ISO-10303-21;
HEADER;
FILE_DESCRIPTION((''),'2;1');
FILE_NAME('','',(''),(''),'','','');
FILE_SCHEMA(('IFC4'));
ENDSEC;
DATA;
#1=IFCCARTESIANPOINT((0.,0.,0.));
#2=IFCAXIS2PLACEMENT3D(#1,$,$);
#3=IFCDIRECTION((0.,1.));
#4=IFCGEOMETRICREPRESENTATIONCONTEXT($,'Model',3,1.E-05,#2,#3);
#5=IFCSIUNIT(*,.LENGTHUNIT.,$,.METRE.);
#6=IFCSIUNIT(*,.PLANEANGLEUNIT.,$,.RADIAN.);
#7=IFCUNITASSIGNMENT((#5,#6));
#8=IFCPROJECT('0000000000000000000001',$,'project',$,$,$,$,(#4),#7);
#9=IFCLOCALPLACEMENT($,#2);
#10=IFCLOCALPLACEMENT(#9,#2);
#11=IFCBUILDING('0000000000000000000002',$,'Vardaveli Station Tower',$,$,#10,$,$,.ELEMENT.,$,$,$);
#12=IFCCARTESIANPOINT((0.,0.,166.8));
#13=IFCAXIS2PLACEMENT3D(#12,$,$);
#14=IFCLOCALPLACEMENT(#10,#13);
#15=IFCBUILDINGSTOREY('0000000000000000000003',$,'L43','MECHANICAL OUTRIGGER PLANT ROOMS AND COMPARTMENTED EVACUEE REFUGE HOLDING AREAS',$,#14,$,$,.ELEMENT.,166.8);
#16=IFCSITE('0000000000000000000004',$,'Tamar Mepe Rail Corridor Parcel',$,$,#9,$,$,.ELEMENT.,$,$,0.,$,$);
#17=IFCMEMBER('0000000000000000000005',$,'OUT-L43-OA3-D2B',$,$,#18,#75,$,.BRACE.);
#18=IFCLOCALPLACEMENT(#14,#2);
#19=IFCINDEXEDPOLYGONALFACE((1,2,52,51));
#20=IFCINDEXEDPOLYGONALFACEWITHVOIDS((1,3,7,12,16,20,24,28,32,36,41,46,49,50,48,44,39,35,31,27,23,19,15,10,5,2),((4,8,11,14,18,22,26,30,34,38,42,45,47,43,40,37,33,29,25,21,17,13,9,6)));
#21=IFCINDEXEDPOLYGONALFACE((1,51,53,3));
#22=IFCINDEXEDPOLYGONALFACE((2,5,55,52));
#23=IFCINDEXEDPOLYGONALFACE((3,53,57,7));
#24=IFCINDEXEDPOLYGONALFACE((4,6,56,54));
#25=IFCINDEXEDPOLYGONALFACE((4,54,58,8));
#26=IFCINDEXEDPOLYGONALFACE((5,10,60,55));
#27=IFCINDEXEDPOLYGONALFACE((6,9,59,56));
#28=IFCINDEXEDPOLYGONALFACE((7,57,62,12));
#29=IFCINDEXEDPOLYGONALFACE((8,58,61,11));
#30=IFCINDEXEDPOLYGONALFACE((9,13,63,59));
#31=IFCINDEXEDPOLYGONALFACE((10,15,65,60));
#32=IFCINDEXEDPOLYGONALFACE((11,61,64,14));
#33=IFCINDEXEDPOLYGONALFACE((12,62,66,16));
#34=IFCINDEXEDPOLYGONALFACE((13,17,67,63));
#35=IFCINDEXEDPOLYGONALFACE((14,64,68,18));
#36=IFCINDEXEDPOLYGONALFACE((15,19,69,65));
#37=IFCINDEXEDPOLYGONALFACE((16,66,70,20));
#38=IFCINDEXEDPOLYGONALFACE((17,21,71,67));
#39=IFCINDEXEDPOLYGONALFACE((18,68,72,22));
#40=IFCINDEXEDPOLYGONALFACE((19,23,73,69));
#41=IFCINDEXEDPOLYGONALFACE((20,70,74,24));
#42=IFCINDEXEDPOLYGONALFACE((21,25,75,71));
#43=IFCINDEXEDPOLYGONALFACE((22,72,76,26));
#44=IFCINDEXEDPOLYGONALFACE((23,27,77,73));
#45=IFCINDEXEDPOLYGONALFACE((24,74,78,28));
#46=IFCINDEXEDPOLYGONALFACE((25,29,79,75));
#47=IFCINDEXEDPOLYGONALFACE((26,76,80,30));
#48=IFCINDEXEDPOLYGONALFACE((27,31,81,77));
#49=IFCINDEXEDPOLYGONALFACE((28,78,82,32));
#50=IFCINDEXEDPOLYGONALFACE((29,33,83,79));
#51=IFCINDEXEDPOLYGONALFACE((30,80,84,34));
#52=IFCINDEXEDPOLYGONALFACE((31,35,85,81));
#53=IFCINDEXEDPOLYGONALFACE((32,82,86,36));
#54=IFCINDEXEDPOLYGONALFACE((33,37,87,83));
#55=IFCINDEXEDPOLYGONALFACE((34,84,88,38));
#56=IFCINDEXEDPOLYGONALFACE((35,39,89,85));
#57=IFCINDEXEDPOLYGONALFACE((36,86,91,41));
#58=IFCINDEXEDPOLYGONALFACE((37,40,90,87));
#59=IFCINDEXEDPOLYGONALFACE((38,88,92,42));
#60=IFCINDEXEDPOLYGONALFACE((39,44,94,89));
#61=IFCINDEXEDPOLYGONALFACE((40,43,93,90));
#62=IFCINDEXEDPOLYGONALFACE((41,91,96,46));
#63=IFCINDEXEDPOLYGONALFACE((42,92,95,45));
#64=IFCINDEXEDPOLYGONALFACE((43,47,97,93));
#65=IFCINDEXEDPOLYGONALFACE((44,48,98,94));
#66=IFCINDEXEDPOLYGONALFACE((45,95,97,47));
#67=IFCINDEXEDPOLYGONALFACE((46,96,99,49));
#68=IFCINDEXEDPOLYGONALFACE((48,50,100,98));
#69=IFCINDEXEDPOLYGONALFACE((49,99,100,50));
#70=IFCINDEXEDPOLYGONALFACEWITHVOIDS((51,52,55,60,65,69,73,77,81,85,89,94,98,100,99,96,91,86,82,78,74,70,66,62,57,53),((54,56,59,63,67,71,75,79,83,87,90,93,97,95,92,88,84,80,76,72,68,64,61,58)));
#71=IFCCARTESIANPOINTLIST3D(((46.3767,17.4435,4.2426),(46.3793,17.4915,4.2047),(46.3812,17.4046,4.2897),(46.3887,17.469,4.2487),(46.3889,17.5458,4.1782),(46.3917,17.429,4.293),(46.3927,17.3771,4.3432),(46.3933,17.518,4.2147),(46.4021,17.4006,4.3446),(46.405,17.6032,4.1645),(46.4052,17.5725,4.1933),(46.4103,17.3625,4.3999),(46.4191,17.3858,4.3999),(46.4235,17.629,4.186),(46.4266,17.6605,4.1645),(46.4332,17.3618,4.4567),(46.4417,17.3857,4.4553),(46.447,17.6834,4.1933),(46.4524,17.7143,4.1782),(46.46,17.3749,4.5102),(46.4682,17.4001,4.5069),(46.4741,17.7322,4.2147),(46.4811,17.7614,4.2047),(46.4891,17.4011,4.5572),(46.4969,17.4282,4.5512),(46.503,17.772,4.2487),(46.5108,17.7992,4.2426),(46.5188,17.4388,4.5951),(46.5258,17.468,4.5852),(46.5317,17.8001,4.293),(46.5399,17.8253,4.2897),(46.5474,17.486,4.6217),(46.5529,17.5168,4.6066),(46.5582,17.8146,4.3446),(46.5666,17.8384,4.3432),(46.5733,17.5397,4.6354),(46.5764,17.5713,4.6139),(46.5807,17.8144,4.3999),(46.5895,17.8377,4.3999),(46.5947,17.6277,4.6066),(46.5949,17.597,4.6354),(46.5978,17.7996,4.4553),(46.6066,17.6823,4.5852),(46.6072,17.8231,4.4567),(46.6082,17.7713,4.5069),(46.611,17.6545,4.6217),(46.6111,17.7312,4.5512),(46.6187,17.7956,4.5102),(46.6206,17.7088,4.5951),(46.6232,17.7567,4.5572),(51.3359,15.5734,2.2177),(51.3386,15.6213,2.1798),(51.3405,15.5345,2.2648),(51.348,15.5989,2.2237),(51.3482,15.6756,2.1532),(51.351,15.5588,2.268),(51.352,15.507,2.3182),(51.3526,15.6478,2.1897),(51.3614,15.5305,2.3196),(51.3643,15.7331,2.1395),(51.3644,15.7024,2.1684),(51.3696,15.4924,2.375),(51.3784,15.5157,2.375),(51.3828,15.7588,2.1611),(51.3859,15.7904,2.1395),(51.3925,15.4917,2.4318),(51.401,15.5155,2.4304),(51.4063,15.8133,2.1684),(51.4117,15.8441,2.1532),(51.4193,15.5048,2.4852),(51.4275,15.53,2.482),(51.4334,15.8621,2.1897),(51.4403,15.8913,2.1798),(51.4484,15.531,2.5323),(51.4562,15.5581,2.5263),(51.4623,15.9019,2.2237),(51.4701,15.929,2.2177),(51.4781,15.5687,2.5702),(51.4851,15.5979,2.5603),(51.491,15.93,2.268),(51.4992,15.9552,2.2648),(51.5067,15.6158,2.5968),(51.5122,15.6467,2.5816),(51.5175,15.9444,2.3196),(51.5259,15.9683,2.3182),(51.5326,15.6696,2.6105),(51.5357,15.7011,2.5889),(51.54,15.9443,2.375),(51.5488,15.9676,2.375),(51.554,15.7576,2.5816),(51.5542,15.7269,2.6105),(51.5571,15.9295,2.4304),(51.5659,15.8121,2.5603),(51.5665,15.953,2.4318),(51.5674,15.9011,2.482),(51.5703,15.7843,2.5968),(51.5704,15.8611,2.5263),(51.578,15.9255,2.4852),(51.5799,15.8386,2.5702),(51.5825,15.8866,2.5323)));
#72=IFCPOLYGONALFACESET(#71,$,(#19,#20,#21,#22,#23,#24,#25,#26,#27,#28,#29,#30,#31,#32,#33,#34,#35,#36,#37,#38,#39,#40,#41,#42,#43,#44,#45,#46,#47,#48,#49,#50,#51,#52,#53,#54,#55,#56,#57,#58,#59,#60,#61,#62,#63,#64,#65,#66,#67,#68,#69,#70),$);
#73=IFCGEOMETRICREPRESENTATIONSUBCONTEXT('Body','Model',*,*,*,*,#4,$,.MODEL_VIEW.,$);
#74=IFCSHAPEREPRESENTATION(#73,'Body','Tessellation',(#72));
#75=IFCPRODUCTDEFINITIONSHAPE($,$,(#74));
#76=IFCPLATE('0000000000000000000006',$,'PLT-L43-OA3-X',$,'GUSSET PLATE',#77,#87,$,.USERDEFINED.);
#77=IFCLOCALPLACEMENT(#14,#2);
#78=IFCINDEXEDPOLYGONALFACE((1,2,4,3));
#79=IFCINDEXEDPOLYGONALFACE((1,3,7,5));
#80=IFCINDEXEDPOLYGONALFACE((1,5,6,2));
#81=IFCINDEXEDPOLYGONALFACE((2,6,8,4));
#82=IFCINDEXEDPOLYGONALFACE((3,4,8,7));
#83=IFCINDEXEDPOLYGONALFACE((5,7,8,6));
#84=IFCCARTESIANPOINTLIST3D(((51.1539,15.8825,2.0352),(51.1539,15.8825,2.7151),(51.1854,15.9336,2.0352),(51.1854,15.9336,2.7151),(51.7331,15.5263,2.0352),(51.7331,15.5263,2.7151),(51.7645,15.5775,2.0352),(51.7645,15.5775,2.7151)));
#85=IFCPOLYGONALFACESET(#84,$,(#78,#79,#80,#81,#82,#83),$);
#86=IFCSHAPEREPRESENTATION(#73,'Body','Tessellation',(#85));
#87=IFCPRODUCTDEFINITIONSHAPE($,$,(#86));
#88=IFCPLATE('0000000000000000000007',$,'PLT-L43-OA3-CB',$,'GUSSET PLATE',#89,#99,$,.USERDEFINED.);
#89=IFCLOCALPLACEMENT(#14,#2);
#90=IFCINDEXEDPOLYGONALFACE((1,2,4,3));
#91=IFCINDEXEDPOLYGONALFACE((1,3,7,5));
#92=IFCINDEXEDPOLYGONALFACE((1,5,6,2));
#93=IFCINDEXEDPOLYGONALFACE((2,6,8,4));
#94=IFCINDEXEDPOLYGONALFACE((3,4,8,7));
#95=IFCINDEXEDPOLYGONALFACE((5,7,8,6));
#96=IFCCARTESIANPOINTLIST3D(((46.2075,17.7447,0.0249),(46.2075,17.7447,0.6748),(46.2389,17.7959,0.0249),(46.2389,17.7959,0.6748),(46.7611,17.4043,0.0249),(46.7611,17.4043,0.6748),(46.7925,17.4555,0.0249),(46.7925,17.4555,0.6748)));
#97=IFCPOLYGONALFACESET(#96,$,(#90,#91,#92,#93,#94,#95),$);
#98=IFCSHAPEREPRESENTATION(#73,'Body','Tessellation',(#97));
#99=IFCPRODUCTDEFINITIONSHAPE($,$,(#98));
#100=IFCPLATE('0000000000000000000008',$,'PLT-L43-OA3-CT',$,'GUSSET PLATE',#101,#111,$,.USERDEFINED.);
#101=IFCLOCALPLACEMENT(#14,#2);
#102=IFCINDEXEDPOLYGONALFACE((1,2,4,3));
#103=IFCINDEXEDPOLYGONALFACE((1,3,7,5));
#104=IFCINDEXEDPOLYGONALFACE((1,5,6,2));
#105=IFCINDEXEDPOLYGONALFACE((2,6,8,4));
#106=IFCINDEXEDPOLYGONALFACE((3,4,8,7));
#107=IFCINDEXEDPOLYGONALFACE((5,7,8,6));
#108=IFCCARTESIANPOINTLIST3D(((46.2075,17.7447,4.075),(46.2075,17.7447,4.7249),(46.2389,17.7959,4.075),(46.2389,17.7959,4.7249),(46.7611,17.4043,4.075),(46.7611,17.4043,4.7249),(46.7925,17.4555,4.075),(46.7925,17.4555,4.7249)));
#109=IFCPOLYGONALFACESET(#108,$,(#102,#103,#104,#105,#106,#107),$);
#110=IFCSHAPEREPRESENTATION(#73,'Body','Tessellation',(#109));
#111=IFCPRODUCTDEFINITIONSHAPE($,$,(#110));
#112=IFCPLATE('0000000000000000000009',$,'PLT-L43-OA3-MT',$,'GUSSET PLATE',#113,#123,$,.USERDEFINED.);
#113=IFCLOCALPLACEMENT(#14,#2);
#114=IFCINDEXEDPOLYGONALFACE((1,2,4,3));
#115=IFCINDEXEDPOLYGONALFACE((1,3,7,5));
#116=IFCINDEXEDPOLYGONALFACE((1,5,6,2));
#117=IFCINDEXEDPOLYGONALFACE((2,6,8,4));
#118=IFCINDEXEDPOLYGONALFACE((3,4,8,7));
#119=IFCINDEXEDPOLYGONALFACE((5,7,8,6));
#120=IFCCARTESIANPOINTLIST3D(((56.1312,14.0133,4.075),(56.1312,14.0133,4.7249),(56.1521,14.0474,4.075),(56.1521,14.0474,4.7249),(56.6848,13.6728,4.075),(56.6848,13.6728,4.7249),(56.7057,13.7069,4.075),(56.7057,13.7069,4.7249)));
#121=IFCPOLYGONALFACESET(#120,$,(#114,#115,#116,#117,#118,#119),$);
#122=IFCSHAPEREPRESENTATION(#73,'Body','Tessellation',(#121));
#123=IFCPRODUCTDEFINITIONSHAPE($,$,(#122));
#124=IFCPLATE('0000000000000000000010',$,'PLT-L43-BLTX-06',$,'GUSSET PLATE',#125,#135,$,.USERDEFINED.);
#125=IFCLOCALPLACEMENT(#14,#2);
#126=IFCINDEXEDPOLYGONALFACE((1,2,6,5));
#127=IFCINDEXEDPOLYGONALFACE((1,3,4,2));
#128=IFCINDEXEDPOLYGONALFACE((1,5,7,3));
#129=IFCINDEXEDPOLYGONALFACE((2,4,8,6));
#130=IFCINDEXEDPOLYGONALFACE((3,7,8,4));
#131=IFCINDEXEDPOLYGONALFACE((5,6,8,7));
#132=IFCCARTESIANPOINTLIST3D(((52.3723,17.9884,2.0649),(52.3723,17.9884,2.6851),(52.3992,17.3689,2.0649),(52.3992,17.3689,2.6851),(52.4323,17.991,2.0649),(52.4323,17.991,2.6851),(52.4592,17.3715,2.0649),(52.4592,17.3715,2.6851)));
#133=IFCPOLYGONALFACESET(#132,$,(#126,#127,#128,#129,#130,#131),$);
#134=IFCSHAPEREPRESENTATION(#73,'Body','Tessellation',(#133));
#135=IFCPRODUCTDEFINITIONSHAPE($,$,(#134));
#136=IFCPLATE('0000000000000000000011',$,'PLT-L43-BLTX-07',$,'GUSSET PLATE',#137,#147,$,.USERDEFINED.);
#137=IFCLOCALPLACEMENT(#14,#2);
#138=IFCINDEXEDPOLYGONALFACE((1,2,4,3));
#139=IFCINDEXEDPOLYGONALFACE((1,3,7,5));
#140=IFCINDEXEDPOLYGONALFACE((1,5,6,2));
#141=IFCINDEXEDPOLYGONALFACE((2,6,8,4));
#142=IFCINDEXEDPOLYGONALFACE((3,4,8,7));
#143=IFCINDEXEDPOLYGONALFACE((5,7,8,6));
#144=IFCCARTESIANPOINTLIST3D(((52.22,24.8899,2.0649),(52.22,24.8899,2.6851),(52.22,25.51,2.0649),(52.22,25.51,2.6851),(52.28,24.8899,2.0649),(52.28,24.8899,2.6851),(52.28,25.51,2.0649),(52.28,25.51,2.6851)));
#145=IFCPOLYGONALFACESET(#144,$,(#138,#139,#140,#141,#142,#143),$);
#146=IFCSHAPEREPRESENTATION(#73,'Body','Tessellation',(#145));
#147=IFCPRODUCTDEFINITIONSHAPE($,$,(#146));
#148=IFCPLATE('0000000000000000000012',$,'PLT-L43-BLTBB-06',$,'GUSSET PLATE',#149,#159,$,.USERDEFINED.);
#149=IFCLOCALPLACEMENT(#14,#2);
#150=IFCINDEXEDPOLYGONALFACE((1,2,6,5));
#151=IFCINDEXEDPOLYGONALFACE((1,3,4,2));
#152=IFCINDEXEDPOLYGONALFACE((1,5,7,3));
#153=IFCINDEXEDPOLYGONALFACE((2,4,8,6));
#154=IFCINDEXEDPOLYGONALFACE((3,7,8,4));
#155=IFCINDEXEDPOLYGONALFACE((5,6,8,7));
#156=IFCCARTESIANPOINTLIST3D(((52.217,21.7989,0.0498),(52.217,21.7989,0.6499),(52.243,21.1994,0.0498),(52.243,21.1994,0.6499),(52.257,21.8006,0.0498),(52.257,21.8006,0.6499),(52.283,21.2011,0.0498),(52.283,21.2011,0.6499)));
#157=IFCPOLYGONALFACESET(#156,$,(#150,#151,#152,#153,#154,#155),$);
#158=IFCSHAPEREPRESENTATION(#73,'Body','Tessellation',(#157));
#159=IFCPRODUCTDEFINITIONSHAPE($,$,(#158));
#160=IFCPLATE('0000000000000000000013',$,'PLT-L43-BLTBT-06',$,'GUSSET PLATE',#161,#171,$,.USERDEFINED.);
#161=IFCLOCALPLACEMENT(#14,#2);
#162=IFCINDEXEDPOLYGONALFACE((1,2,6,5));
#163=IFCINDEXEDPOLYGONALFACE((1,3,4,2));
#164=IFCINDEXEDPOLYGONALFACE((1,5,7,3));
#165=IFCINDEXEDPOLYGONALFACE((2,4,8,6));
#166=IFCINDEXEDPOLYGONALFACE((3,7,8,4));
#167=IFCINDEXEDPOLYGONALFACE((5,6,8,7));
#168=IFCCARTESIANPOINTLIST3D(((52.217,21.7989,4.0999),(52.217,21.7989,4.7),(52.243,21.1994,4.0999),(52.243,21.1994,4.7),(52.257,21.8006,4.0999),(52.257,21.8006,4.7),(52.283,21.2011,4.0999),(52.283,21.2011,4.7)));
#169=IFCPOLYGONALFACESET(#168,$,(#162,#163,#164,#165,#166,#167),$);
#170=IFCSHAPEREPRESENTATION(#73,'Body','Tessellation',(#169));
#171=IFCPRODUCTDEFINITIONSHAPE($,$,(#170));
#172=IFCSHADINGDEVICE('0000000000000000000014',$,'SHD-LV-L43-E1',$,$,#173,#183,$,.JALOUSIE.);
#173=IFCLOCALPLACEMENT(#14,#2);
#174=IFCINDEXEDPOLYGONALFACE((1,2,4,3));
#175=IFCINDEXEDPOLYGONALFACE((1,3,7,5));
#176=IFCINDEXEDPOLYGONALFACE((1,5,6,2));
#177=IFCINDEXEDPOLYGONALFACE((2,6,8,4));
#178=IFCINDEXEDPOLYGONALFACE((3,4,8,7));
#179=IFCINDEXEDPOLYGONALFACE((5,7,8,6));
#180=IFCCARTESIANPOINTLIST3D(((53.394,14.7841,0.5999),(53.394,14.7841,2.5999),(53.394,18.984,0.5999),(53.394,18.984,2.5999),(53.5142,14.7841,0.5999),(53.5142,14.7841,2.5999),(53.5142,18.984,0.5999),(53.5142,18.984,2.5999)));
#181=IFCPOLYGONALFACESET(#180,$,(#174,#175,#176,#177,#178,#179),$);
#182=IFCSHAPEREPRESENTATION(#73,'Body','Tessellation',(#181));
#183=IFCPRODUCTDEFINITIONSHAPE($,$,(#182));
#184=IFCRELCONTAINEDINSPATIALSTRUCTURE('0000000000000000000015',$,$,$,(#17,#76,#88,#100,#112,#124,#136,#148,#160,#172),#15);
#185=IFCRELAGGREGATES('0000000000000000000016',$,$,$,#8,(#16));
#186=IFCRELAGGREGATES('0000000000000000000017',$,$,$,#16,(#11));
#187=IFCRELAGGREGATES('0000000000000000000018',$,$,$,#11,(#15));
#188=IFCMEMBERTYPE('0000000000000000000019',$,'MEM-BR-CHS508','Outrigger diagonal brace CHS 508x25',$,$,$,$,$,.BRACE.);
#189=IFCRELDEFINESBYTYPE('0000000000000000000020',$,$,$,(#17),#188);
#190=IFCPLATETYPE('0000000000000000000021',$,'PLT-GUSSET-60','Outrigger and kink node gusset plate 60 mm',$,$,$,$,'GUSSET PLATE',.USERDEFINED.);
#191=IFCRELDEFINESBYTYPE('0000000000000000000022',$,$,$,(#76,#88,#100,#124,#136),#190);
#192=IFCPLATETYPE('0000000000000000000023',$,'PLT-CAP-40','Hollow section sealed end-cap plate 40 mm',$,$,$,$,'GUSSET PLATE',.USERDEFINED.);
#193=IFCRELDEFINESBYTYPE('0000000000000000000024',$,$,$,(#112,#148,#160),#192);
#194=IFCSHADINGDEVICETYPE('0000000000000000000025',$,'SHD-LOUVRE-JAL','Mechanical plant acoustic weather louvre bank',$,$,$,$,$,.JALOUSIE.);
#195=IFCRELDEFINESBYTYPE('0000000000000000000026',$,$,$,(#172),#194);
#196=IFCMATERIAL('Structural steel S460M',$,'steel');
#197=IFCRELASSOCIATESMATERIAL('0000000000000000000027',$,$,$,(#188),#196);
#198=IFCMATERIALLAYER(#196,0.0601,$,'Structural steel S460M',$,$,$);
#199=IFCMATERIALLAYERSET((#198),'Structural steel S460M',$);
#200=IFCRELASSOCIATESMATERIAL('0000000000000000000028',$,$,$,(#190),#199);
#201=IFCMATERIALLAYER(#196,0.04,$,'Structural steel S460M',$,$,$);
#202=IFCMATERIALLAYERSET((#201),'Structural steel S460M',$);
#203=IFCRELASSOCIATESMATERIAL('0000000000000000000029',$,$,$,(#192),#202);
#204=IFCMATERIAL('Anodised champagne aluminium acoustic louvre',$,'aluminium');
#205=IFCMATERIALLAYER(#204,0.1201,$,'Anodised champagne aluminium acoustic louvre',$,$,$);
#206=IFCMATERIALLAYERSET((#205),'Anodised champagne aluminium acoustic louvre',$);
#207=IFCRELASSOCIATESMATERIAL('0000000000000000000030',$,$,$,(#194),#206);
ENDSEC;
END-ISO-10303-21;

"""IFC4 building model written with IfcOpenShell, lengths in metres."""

from ifc_helpers import new_model, si_unit, direction, frame, origin, origin_2d, place, context, subcontext, project, spatial, rectangle, hollow_circle, extrude, source, transform, mapped, material, layer, layer_set, material_profile, profile_set, type_object, element, save


model = new_model("IFC4")

# Units and contexts
model_context = context("Model", 3, precision=1e-05, world=origin(), true_north=direction((0.0, 1.0)))
body_context = subcontext(model_context, "Body", "Model", "MODEL_VIEW")
ifc_project = project(units=[si_unit("LENGTHUNIT", "METRE"), si_unit("PLANEANGLEUNIT", "RADIAN")], contexts=[model_context])

# Site, building, storey
site_placement = place(None, origin())
site = spatial("IfcSite", under=ifc_project, at=site_placement, Name="Tamar Mepe Rail Corridor Parcel", CompositionType="ELEMENT", RefElevation=0.0)
building_placement = place(site_placement, origin())
building = spatial("IfcBuilding", under=site, at=building_placement, Name="Vardaveli Station Tower", CompositionType="ELEMENT")
storey_placement = place(building_placement, frame((0.0, 0.0, 166.8)))
storey = spatial("IfcBuildingStorey", under=building, at=storey_placement, Name="L43", Description="MECHANICAL OUTRIGGER PLANT ROOMS AND COMPARTMENTED EVACUEE REFUGE HOLDING AREAS", CompositionType="ELEMENT", Elevation=166.8)

# Shared definitions
ifc_material_1 = material(Name="Structural steel S460M", Category="steel")

# Member
ifc_material_profile_1 = material_profile(ifc_material_1, hollow_circle(Radius=0.2539, WallThickness=0.0249, at=origin_2d()), Name="CHS 508x25")
ifc_profile_set_1 = profile_set([ifc_material_profile_1], Name="Structural steel S460M")
member_type_1 = type_object("IfcMemberType", Name="MEM-BR-CHS508", Description="Outrigger diagonal brace CHS 508x25", PredefinedType="BRACE", material=ifc_profile_set_1)
shared_shape_1 = source(origin(), body_context, "Body", "SweptSolid", [
    extrude(hollow_circle(Radius=0.2539, WallThickness=0.0249, at=origin_2d()), origin(), (0.0, 0.0, 1.0), 5.6738),
])
member_1_placement = place(storey_placement, frame((51.4592, 15.73, 2.375), z_axis=(-0.874064, 0.329608, 0.356889), x_axis=(-0.352844, -0.935682, 0.0)))
element("IfcMember", 1, at=member_1_placement, inside=storey, type_object=member_type_1, Name="OUT-L43-OA3-D2B", PredefinedType="BRACE", context=body_context, shape_type="MappedRepresentation", body=[
    mapped(shared_shape_1, transform((0.0, 0.0, 0.0), scale=1.0)),
])

# Plates
ifc_layer_1 = layer(ifc_material_1, 0.0601, Name="Structural steel S460M")
ifc_layer_set_1 = layer_set([ifc_layer_1], Name="Structural steel S460M")
plate_type_1 = type_object("IfcPlateType", Name="PLT-GUSSET-60", Description="Outrigger and kink node gusset plate 60 mm", ElementType="GUSSET PLATE", PredefinedType="USERDEFINED", material=ifc_layer_set_1)
shared_shape_2 = source(origin(), body_context, "Body", "SweptSolid", [
    extrude(rectangle(XDim=0.6799, YDim=0.0601, at=origin_2d()), origin(), (0.0, 0.0, 1.0), 0.6799),
])
plate_1_placement = place(storey_placement, frame((51.4592, 15.73, 2.0352), z_axis=(0.0, 0.0, 1.0), x_axis=(0.851818, -0.523837, 0.0)))
element("IfcPlate", 2, at=plate_1_placement, inside=storey, type_object=plate_type_1, Name="PLT-L43-OA3-X", ObjectType="GUSSET PLATE", PredefinedType="USERDEFINED", context=body_context, shape_type="MappedRepresentation", body=[
    mapped(shared_shape_2, transform((0.0, 0.0, 0.0), scale=1.0)),
])
shared_shape_3 = source(origin(), body_context, "Body", "SweptSolid", [
    extrude(rectangle(XDim=0.6499, YDim=0.0601, at=origin_2d()), origin(), (0.0, 0.0, 1.0), 0.6499),
])
for number, where, z_axis, x_axis, name in (
    (3, (46.5, 17.6001, 0.0249), (0.0, 0.0, 1.0), (0.851818, -0.523837, 0.0), "PLT-L43-OA3-CB"),
    (4, (46.5, 17.6001, 4.075), (0.0, 0.0, 1.0), (0.851818, -0.523837, 0.0), "PLT-L43-OA3-CT"),
):
    element("IfcPlate", number, at=place(storey_placement, frame(where, z_axis=z_axis, x_axis=x_axis)), inside=storey, type_object=plate_type_1, Name=name, ObjectType="GUSSET PLATE", PredefinedType="USERDEFINED", context=body_context, shape_type="MappedRepresentation", body=[
        mapped(shared_shape_3, transform((0.0, 0.0, 0.0), scale=1.0)),
    ])
ifc_layer_2 = layer(ifc_material_1, 0.04, Name="Structural steel S460M")
ifc_layer_set_2 = layer_set([ifc_layer_2], Name="Structural steel S460M")
plate_type_2 = type_object("IfcPlateType", Name="PLT-CAP-40", Description="Hollow section sealed end-cap plate 40 mm", ElementType="GUSSET PLATE", PredefinedType="USERDEFINED", material=ifc_layer_set_2)
shared_shape_4 = source(origin(), body_context, "Body", "SweptSolid", [
    extrude(rectangle(XDim=0.6499, YDim=0.04, at=origin_2d()), origin(), (0.0, 0.0, 1.0), 0.6499),
])
plate_2_placement = place(storey_placement, frame((56.4185, 13.8601, 4.075), z_axis=(0.0, 0.0, 1.0), x_axis=(0.851818, -0.523837, 0.0)))
element("IfcPlate", 5, at=plate_2_placement, inside=storey, type_object=plate_type_2, Name="PLT-L43-OA3-MT", ObjectType="GUSSET PLATE", PredefinedType="USERDEFINED", context=body_context, shape_type="MappedRepresentation", body=[
    mapped(shared_shape_4, transform((0.0, 0.0, 0.0), scale=1.0)),
])
shared_shape_5 = source(origin(), body_context, "Body", "SweptSolid", [
    extrude(rectangle(XDim=0.6201, YDim=0.0601, at=origin_2d()), origin(), (0.0, 0.0, 1.0), 0.6201),
])
for number, where, z_axis, x_axis, name in (
    (6, (52.4158, 17.6799, 2.0649), (0.0, 0.0, 1.0), (-0.043445, 0.999056, 0.0), "PLT-L43-BLTX-06"),
    (7, (52.25, 25.2, 2.0649), (0.0, 0.0, 1.0), (0.0, 1.0, 0.0), "PLT-L43-BLTX-07"),
):
    element("IfcPlate", number, at=place(storey_placement, frame(where, z_axis=z_axis, x_axis=x_axis)), inside=storey, type_object=plate_type_1, Name=name, ObjectType="GUSSET PLATE", PredefinedType="USERDEFINED", context=body_context, shape_type="MappedRepresentation", body=[
        mapped(shared_shape_5, transform((0.0, 0.0, 0.0), scale=1.0)),
    ])
shared_shape_6 = source(origin(), body_context, "Body", "SweptSolid", [
    extrude(rectangle(XDim=0.6001, YDim=0.04, at=origin_2d()), origin(), (0.0, 0.0, 1.0), 0.6001),
])
for number, where, z_axis, x_axis, name in (
    (8, (52.25, 21.5, 0.0498), (0.0, 0.0, 1.0), (-0.043445, 0.999056, 0.0), "PLT-L43-BLTBB-06"),
    (9, (52.25, 21.5, 4.0999), (0.0, 0.0, 1.0), (-0.043445, 0.999056, 0.0), "PLT-L43-BLTBT-06"),
):
    element("IfcPlate", number, at=place(storey_placement, frame(where, z_axis=z_axis, x_axis=x_axis)), inside=storey, type_object=plate_type_2, Name=name, ObjectType="GUSSET PLATE", PredefinedType="USERDEFINED", context=body_context, shape_type="MappedRepresentation", body=[
        mapped(shared_shape_6, transform((0.0, 0.0, 0.0), scale=1.0)),
    ])

# Shading device
ifc_material_2 = material(Name="Anodised champagne aluminium acoustic louvre", Category="aluminium")
ifc_layer_3 = layer(ifc_material_2, 0.1201, Name="Anodised champagne aluminium acoustic louvre")
ifc_layer_set_3 = layer_set([ifc_layer_3], Name="Anodised champagne aluminium acoustic louvre")
shading_device_type = type_object("IfcShadingDeviceType", Name="SHD-LOUVRE-JAL", Description="Mechanical plant acoustic weather louvre bank", PredefinedType="JALOUSIE", material=ifc_layer_set_3)
shared_shape_7 = source(origin(), body_context, "Body", "SweptSolid", [
    extrude(rectangle(XDim=4.2, YDim=0.1201, at=origin_2d()), origin(), (0.0, 0.0, 1.0), 2.0),
])
shading_device_placement = place(storey_placement, frame((53.4541, 16.884, 0.5999), z_axis=(0.0, 0.0, 1.0), x_axis=(0.0, 1.0, 0.0)))
element("IfcShadingDevice", 10, at=shading_device_placement, inside=storey, type_object=shading_device_type, Name="SHD-LV-L43-E1", PredefinedType="JALOUSIE", context=body_context, shape_type="MappedRepresentation", body=[
    mapped(shared_shape_7, transform((0.0, 0.0, 0.0), scale=1.0)),
])

save(model, "model.ifc")
